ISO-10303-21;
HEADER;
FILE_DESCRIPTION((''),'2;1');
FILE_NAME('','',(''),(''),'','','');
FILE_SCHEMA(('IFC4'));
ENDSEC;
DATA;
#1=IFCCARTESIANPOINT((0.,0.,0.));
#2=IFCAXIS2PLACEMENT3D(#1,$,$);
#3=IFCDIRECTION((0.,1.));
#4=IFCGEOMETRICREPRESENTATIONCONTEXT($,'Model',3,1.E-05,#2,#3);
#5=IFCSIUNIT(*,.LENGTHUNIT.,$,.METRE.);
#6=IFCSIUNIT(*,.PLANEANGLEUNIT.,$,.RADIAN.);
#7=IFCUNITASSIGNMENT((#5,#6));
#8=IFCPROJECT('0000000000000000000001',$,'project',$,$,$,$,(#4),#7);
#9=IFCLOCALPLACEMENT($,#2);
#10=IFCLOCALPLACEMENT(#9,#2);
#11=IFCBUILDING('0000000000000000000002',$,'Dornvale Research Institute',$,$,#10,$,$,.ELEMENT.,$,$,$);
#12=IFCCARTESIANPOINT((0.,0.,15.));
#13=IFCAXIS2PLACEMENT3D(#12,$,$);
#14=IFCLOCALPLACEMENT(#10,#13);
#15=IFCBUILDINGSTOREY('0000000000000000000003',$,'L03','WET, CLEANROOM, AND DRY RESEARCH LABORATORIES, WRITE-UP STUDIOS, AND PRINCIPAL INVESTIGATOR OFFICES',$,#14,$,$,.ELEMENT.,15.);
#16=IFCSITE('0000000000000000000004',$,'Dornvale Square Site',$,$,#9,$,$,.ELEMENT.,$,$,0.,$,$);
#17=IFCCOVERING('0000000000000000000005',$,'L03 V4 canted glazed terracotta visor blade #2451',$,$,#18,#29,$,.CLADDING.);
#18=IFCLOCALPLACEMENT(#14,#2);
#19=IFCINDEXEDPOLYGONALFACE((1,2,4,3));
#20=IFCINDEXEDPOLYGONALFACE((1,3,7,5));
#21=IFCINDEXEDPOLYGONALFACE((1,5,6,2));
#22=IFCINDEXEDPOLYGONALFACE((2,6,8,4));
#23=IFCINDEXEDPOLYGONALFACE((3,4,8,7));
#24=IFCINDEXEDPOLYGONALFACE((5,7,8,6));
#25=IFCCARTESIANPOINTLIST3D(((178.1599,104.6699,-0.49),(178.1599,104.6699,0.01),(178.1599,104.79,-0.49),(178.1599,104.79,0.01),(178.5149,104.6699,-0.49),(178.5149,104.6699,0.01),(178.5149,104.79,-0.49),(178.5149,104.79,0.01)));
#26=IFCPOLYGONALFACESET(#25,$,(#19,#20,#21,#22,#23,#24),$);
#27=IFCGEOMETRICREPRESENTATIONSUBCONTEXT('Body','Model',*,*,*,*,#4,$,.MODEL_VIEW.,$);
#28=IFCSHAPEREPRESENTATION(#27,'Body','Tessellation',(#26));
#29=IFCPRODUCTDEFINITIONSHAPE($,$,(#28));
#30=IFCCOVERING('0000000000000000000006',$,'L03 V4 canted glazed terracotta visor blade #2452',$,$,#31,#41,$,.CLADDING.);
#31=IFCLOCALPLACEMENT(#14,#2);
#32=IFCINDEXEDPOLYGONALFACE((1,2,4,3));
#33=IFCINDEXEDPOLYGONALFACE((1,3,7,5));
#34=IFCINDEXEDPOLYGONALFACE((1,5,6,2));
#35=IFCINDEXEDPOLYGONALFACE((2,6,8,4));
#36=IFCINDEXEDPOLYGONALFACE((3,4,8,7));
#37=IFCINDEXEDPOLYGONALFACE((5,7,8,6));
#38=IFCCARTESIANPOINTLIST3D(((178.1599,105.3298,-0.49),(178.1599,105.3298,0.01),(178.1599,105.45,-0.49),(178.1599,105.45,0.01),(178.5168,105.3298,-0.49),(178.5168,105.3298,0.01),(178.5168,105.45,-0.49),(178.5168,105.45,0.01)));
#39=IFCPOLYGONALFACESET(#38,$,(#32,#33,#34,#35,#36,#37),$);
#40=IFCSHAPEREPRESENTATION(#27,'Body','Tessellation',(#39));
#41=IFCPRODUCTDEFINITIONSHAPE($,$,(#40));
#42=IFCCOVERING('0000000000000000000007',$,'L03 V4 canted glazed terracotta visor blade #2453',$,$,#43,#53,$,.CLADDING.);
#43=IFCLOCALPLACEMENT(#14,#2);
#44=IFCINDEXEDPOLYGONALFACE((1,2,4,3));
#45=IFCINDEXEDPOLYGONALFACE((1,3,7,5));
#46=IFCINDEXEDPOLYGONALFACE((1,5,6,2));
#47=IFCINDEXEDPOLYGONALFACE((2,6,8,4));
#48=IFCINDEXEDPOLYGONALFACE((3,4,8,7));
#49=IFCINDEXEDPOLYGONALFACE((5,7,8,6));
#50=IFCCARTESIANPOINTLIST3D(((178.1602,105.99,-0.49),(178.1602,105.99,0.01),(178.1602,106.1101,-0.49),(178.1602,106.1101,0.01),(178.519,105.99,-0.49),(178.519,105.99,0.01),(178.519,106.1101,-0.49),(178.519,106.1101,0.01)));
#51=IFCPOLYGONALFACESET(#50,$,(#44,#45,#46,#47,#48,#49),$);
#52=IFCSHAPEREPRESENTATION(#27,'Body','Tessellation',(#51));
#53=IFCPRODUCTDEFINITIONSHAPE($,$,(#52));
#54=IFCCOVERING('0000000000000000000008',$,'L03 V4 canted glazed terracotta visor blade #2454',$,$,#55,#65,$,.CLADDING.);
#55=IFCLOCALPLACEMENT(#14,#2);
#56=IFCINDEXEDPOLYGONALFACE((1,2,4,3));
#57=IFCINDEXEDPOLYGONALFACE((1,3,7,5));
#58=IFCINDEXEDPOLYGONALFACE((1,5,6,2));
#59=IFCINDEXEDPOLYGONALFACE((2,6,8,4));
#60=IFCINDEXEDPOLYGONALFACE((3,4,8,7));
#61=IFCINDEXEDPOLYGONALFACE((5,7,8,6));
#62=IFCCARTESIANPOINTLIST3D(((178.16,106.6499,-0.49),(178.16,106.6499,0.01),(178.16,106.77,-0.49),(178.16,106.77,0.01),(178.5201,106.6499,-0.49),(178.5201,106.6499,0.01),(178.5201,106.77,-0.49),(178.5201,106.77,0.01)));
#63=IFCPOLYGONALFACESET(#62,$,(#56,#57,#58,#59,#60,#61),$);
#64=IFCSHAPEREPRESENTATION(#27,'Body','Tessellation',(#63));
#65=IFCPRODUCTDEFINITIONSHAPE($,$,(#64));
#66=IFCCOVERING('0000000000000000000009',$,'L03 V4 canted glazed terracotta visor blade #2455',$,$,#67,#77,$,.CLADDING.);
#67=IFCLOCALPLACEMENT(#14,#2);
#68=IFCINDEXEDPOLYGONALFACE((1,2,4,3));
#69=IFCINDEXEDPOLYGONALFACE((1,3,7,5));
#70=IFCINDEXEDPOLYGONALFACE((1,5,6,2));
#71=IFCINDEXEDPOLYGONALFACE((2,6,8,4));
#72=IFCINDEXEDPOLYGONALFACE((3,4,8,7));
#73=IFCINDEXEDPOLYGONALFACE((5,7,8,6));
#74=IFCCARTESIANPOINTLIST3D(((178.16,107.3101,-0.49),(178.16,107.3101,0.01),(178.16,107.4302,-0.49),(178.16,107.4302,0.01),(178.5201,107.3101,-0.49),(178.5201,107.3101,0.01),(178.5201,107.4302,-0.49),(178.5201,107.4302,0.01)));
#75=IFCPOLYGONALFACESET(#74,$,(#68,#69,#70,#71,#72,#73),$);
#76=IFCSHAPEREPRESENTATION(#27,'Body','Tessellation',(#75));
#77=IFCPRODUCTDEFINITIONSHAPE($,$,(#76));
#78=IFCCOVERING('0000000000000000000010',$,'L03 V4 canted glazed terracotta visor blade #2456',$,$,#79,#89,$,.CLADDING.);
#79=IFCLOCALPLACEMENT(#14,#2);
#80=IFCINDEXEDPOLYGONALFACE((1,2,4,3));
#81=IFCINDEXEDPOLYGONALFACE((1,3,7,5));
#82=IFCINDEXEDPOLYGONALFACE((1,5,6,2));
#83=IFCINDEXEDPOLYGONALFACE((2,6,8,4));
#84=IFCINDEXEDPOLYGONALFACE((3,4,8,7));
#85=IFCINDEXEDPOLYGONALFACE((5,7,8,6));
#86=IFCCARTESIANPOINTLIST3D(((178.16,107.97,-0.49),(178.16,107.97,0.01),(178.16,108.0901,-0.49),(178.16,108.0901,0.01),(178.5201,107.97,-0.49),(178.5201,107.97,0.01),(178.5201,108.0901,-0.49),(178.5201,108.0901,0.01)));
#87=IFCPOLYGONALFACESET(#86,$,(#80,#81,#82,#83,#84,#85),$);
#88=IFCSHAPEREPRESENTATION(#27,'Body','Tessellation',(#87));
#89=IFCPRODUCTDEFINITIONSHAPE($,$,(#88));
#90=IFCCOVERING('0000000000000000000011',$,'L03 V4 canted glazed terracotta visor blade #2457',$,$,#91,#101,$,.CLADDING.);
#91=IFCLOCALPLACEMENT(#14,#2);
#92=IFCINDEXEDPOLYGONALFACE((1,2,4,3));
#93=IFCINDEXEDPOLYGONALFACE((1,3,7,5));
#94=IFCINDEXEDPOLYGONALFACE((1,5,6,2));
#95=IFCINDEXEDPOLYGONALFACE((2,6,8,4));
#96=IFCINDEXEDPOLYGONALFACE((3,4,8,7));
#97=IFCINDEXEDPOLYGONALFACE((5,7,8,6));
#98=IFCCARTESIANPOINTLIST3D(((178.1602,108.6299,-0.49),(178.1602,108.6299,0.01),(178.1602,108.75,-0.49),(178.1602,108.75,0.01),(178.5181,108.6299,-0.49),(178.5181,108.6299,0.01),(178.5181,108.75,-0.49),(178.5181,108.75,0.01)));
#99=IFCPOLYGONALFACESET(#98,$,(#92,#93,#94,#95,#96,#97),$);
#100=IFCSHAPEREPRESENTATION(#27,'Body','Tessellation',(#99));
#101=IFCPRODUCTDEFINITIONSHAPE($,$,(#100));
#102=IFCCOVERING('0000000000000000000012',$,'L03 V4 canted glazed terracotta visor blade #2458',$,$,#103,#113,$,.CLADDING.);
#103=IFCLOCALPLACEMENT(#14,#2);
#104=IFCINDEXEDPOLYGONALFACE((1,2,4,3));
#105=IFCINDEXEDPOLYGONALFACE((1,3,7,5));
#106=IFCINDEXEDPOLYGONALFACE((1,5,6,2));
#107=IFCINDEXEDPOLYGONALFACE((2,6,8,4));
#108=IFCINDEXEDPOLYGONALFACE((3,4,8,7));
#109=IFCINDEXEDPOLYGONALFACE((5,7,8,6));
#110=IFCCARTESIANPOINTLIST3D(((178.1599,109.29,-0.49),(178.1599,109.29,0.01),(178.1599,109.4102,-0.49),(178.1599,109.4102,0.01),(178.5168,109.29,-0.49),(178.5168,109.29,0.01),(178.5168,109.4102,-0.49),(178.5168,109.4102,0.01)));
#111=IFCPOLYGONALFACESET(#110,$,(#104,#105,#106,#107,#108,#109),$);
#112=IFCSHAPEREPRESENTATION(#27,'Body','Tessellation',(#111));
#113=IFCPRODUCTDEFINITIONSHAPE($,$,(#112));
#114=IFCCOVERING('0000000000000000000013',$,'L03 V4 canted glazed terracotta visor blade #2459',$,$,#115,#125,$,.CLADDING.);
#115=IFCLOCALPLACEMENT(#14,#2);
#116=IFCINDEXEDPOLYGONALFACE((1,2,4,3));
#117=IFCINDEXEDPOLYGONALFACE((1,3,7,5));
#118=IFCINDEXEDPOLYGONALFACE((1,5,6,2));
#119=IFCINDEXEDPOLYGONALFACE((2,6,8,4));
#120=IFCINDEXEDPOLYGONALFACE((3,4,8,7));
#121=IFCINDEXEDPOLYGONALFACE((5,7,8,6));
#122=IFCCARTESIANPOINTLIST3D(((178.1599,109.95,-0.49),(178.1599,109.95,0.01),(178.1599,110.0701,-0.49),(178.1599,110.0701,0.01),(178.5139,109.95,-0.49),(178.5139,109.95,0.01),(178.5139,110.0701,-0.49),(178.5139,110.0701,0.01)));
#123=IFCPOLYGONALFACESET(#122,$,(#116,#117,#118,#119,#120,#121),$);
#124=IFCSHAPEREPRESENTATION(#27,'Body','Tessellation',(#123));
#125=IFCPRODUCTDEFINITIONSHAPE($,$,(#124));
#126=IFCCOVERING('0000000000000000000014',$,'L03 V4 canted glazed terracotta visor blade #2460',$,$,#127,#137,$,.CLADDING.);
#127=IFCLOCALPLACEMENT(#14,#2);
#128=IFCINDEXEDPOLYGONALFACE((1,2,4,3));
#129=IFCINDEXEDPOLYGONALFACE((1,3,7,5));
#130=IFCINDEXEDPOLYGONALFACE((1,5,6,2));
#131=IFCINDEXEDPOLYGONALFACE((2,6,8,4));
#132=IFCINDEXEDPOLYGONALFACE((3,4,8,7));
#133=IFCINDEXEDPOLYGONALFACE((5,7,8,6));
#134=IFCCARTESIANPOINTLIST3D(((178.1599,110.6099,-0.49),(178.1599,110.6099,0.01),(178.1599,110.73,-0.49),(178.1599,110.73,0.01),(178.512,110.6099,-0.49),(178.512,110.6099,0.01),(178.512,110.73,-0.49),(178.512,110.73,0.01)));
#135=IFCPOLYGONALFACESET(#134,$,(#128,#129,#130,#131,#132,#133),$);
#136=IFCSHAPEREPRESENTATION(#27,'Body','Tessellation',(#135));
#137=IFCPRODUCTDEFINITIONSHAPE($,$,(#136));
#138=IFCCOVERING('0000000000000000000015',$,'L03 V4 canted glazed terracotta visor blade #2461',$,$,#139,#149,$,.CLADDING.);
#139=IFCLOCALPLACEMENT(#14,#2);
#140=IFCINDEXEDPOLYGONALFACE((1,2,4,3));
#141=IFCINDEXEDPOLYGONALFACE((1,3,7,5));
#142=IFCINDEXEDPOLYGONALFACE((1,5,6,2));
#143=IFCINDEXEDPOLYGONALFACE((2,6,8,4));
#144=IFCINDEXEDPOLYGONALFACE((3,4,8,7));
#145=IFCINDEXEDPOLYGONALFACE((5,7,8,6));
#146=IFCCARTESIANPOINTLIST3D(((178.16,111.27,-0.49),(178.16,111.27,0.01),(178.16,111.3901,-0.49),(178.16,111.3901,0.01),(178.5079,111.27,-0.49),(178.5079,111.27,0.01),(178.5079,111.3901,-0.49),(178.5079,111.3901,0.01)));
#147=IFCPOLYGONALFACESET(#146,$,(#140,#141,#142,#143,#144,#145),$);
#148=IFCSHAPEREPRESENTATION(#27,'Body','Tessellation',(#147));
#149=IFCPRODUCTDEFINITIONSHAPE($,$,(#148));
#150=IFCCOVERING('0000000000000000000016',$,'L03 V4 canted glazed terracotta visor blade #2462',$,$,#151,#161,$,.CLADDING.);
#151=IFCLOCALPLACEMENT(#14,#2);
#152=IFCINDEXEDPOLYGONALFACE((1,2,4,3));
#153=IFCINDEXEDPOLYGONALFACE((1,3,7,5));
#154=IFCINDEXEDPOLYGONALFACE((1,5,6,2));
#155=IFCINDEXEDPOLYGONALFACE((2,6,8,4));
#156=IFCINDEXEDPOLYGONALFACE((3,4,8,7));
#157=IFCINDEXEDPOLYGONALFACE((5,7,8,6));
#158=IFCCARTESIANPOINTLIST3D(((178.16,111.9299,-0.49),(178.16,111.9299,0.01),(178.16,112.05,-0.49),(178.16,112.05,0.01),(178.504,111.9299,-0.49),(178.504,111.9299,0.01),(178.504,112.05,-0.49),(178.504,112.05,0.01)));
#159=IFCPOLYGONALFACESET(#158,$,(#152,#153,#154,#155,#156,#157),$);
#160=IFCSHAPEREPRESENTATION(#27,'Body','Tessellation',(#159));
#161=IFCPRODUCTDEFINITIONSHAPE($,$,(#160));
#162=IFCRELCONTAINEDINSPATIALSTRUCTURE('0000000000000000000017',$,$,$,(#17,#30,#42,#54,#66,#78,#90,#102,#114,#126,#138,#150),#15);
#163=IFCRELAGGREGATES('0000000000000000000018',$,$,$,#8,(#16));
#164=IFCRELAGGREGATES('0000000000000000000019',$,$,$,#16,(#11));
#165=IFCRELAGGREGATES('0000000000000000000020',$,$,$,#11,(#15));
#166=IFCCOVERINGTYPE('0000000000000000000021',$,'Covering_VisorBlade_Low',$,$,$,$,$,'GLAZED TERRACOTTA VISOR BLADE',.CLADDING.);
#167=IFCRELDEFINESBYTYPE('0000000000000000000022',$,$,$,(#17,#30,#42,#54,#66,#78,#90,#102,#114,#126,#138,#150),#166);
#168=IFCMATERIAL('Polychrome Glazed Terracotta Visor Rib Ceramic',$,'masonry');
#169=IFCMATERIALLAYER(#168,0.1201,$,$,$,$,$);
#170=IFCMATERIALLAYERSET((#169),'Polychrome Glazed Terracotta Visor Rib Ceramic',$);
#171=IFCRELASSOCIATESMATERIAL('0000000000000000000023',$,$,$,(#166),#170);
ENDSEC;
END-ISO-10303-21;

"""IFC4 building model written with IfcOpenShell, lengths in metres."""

from ifc_helpers import new_model, si_unit, direction, frame, origin, origin_2d, place, context, subcontext, project, spatial, rectangle, extrude, material, layer, layer_set, type_object, element, save


model = new_model("IFC4")

# Units and contexts
model_context = context("Model", 3, precision=1e-05, world=origin(), true_north=direction((0.0, 1.0)))
body_context = subcontext(model_context, "Body", "Model", "MODEL_VIEW")
ifc_project = project(units=[si_unit("LENGTHUNIT", "METRE"), si_unit("PLANEANGLEUNIT", "RADIAN")], contexts=[model_context])

# Site, building, storey
site_placement = place(None, origin())
site = spatial("IfcSite", under=ifc_project, at=site_placement, Name="Dornvale Square Site", CompositionType="ELEMENT", RefElevation=0.0)
building_placement = place(site_placement, origin())
building = spatial("IfcBuilding", under=site, at=building_placement, Name="Dornvale Research Institute", CompositionType="ELEMENT")
storey_placement = place(building_placement, frame((0.0, 0.0, 15.0)))
storey = spatial("IfcBuildingStorey", under=building, at=storey_placement, Name="L03", Description="WET, CLEANROOM, AND DRY RESEARCH LABORATORIES, WRITE-UP STUDIOS, AND PRINCIPAL INVESTIGATOR OFFICES", CompositionType="ELEMENT", Elevation=15.0)

# Coverings
ifc_material_1 = material(Name="Polychrome Glazed Terracotta Visor Rib Ceramic", Category="masonry")
ifc_layer_1 = layer(ifc_material_1, 0.1201)
ifc_layer_set_1 = layer_set([ifc_layer_1], Name="Polychrome Glazed Terracotta Visor Rib Ceramic")
covering_type = type_object("IfcCoveringType", Name="Covering_VisorBlade_Low", ElementType="GLAZED TERRACOTTA VISOR BLADE", PredefinedType="CLADDING", material=ifc_layer_set_1)
covering_1_placement = place(storey_placement, frame((178.3374, 104.73, -0.49), z_axis=(0.0, 0.0, 1.0), x_axis=(1.0, 0.0, 0.0)))
element("IfcCovering", 1, at=covering_1_placement, inside=storey, type_object=covering_type, Name="L03 V4 canted glazed terracotta visor blade #2451", PredefinedType="CLADDING", context=body_context, shape_type="SweptSolid", body=[
    extrude(rectangle(XDim=0.355, YDim=0.1201, at=origin_2d()), origin(), (0.0, 0.0, 1.0), 0.5),
])
covering_2_placement = place(storey_placement, frame((178.3384, 105.3899, -0.49), z_axis=(0.0, 0.0, 1.0), x_axis=(1.0, 0.0, 0.0)))
element("IfcCovering", 2, at=covering_2_placement, inside=storey, type_object=covering_type, Name="L03 V4 canted glazed terracotta visor blade #2452", PredefinedType="CLADDING", context=body_context, shape_type="SweptSolid", body=[
    extrude(rectangle(XDim=0.3569, YDim=0.1201, at=origin_2d()), origin(), (0.0, 0.0, 1.0), 0.5),
])
covering_3_placement = place(storey_placement, frame((178.3396, 106.05, -0.49), z_axis=(0.0, 0.0, 1.0), x_axis=(1.0, 0.0, 0.0)))
element("IfcCovering", 3, at=covering_3_placement, inside=storey, type_object=covering_type, Name="L03 V4 canted glazed terracotta visor blade #2453", PredefinedType="CLADDING", context=body_context, shape_type="SweptSolid", body=[
    extrude(rectangle(XDim=0.3589, YDim=0.1201, at=origin_2d()), origin(), (0.0, 0.0, 1.0), 0.5),
])
for number, where, z_axis, x_axis, name in (
    (4, (178.3401, 106.71, -0.49), (0.0, 0.0, 1.0), (1.0, 0.0, 0.0), "L03 V4 canted glazed terracotta visor blade #2454"),
    (5, (178.3401, 107.3701, -0.49), (0.0, 0.0, 1.0), (1.0, 0.0, 0.0), "L03 V4 canted glazed terracotta visor blade #2455"),
    (6, (178.3401, 108.03, -0.49), (0.0, 0.0, 1.0), (1.0, 0.0, 0.0), "L03 V4 canted glazed terracotta visor blade #2456"),
):
    element("IfcCovering", number, at=place(storey_placement, frame(where, z_axis=z_axis, x_axis=x_axis)), inside=storey, type_object=covering_type, Name=name, PredefinedType="CLADDING", context=body_context, shape_type="SweptSolid", body=[
        extrude(rectangle(XDim=0.3601, YDim=0.1201, at=origin_2d()), origin(), (0.0, 0.0, 1.0), 0.5),
    ])
covering_4_placement = place(storey_placement, frame((178.3391, 108.6899, -0.49), z_axis=(0.0, 0.0, 1.0), x_axis=(1.0, 0.0, 0.0)))
element("IfcCovering", 7, at=covering_4_placement, inside=storey, type_object=covering_type, Name="L03 V4 canted glazed terracotta visor blade #2457", PredefinedType="CLADDING", context=body_context, shape_type="SweptSolid", body=[
    extrude(rectangle(XDim=0.3579, YDim=0.1201, at=origin_2d()), origin(), (0.0, 0.0, 1.0), 0.5),
])
covering_5_placement = place(storey_placement, frame((178.3384, 109.3501, -0.49), z_axis=(0.0, 0.0, 1.0), x_axis=(1.0, 0.0, 0.0)))
element("IfcCovering", 8, at=covering_5_placement, inside=storey, type_object=covering_type, Name="L03 V4 canted glazed terracotta visor blade #2458", PredefinedType="CLADDING", context=body_context, shape_type="SweptSolid", body=[
    extrude(rectangle(XDim=0.3569, YDim=0.1201, at=origin_2d()), origin(), (0.0, 0.0, 1.0), 0.5),
])
covering_6_placement = place(storey_placement, frame((178.3369, 110.01, -0.49), z_axis=(0.0, 0.0, 1.0), x_axis=(1.0, 0.0, 0.0)))
element("IfcCovering", 9, at=covering_6_placement, inside=storey, type_object=covering_type, Name="L03 V4 canted glazed terracotta visor blade #2459", PredefinedType="CLADDING", context=body_context, shape_type="SweptSolid", body=[
    extrude(rectangle(XDim=0.354, YDim=0.1201, at=origin_2d()), origin(), (0.0, 0.0, 1.0), 0.5),
])
covering_7_placement = place(storey_placement, frame((178.3359, 110.6699, -0.49), z_axis=(0.0, 0.0, 1.0), x_axis=(1.0, 0.0, 0.0)))
element("IfcCovering", 10, at=covering_7_placement, inside=storey, type_object=covering_type, Name="L03 V4 canted glazed terracotta visor blade #2460", PredefinedType="CLADDING", context=body_context, shape_type="SweptSolid", body=[
    extrude(rectangle(XDim=0.3521, YDim=0.1201, at=origin_2d()), origin(), (0.0, 0.0, 1.0), 0.5),
])
covering_8_placement = place(storey_placement, frame((178.334, 111.3301, -0.49), z_axis=(0.0, 0.0, 1.0), x_axis=(1.0, 0.0, 0.0)))
element("IfcCovering", 11, at=covering_8_placement, inside=storey, type_object=covering_type, Name="L03 V4 canted glazed terracotta visor blade #2461", PredefinedType="CLADDING", context=body_context, shape_type="SweptSolid", body=[
    extrude(rectangle(XDim=0.3479, YDim=0.1201, at=origin_2d()), origin(), (0.0, 0.0, 1.0), 0.5),
])
covering_9_placement = place(storey_placement, frame((178.332, 111.99, -0.49), z_axis=(0.0, 0.0, 1.0), x_axis=(1.0, 0.0, 0.0)))
element("IfcCovering", 12, at=covering_9_placement, inside=storey, type_object=covering_type, Name="L03 V4 canted glazed terracotta visor blade #2462", PredefinedType="CLADDING", context=body_context, shape_type="SweptSolid", body=[
    extrude(rectangle(XDim=0.344, YDim=0.1201, at=origin_2d()), origin(), (0.0, 0.0, 1.0), 0.5),
])

save(model, "model.ifc")
